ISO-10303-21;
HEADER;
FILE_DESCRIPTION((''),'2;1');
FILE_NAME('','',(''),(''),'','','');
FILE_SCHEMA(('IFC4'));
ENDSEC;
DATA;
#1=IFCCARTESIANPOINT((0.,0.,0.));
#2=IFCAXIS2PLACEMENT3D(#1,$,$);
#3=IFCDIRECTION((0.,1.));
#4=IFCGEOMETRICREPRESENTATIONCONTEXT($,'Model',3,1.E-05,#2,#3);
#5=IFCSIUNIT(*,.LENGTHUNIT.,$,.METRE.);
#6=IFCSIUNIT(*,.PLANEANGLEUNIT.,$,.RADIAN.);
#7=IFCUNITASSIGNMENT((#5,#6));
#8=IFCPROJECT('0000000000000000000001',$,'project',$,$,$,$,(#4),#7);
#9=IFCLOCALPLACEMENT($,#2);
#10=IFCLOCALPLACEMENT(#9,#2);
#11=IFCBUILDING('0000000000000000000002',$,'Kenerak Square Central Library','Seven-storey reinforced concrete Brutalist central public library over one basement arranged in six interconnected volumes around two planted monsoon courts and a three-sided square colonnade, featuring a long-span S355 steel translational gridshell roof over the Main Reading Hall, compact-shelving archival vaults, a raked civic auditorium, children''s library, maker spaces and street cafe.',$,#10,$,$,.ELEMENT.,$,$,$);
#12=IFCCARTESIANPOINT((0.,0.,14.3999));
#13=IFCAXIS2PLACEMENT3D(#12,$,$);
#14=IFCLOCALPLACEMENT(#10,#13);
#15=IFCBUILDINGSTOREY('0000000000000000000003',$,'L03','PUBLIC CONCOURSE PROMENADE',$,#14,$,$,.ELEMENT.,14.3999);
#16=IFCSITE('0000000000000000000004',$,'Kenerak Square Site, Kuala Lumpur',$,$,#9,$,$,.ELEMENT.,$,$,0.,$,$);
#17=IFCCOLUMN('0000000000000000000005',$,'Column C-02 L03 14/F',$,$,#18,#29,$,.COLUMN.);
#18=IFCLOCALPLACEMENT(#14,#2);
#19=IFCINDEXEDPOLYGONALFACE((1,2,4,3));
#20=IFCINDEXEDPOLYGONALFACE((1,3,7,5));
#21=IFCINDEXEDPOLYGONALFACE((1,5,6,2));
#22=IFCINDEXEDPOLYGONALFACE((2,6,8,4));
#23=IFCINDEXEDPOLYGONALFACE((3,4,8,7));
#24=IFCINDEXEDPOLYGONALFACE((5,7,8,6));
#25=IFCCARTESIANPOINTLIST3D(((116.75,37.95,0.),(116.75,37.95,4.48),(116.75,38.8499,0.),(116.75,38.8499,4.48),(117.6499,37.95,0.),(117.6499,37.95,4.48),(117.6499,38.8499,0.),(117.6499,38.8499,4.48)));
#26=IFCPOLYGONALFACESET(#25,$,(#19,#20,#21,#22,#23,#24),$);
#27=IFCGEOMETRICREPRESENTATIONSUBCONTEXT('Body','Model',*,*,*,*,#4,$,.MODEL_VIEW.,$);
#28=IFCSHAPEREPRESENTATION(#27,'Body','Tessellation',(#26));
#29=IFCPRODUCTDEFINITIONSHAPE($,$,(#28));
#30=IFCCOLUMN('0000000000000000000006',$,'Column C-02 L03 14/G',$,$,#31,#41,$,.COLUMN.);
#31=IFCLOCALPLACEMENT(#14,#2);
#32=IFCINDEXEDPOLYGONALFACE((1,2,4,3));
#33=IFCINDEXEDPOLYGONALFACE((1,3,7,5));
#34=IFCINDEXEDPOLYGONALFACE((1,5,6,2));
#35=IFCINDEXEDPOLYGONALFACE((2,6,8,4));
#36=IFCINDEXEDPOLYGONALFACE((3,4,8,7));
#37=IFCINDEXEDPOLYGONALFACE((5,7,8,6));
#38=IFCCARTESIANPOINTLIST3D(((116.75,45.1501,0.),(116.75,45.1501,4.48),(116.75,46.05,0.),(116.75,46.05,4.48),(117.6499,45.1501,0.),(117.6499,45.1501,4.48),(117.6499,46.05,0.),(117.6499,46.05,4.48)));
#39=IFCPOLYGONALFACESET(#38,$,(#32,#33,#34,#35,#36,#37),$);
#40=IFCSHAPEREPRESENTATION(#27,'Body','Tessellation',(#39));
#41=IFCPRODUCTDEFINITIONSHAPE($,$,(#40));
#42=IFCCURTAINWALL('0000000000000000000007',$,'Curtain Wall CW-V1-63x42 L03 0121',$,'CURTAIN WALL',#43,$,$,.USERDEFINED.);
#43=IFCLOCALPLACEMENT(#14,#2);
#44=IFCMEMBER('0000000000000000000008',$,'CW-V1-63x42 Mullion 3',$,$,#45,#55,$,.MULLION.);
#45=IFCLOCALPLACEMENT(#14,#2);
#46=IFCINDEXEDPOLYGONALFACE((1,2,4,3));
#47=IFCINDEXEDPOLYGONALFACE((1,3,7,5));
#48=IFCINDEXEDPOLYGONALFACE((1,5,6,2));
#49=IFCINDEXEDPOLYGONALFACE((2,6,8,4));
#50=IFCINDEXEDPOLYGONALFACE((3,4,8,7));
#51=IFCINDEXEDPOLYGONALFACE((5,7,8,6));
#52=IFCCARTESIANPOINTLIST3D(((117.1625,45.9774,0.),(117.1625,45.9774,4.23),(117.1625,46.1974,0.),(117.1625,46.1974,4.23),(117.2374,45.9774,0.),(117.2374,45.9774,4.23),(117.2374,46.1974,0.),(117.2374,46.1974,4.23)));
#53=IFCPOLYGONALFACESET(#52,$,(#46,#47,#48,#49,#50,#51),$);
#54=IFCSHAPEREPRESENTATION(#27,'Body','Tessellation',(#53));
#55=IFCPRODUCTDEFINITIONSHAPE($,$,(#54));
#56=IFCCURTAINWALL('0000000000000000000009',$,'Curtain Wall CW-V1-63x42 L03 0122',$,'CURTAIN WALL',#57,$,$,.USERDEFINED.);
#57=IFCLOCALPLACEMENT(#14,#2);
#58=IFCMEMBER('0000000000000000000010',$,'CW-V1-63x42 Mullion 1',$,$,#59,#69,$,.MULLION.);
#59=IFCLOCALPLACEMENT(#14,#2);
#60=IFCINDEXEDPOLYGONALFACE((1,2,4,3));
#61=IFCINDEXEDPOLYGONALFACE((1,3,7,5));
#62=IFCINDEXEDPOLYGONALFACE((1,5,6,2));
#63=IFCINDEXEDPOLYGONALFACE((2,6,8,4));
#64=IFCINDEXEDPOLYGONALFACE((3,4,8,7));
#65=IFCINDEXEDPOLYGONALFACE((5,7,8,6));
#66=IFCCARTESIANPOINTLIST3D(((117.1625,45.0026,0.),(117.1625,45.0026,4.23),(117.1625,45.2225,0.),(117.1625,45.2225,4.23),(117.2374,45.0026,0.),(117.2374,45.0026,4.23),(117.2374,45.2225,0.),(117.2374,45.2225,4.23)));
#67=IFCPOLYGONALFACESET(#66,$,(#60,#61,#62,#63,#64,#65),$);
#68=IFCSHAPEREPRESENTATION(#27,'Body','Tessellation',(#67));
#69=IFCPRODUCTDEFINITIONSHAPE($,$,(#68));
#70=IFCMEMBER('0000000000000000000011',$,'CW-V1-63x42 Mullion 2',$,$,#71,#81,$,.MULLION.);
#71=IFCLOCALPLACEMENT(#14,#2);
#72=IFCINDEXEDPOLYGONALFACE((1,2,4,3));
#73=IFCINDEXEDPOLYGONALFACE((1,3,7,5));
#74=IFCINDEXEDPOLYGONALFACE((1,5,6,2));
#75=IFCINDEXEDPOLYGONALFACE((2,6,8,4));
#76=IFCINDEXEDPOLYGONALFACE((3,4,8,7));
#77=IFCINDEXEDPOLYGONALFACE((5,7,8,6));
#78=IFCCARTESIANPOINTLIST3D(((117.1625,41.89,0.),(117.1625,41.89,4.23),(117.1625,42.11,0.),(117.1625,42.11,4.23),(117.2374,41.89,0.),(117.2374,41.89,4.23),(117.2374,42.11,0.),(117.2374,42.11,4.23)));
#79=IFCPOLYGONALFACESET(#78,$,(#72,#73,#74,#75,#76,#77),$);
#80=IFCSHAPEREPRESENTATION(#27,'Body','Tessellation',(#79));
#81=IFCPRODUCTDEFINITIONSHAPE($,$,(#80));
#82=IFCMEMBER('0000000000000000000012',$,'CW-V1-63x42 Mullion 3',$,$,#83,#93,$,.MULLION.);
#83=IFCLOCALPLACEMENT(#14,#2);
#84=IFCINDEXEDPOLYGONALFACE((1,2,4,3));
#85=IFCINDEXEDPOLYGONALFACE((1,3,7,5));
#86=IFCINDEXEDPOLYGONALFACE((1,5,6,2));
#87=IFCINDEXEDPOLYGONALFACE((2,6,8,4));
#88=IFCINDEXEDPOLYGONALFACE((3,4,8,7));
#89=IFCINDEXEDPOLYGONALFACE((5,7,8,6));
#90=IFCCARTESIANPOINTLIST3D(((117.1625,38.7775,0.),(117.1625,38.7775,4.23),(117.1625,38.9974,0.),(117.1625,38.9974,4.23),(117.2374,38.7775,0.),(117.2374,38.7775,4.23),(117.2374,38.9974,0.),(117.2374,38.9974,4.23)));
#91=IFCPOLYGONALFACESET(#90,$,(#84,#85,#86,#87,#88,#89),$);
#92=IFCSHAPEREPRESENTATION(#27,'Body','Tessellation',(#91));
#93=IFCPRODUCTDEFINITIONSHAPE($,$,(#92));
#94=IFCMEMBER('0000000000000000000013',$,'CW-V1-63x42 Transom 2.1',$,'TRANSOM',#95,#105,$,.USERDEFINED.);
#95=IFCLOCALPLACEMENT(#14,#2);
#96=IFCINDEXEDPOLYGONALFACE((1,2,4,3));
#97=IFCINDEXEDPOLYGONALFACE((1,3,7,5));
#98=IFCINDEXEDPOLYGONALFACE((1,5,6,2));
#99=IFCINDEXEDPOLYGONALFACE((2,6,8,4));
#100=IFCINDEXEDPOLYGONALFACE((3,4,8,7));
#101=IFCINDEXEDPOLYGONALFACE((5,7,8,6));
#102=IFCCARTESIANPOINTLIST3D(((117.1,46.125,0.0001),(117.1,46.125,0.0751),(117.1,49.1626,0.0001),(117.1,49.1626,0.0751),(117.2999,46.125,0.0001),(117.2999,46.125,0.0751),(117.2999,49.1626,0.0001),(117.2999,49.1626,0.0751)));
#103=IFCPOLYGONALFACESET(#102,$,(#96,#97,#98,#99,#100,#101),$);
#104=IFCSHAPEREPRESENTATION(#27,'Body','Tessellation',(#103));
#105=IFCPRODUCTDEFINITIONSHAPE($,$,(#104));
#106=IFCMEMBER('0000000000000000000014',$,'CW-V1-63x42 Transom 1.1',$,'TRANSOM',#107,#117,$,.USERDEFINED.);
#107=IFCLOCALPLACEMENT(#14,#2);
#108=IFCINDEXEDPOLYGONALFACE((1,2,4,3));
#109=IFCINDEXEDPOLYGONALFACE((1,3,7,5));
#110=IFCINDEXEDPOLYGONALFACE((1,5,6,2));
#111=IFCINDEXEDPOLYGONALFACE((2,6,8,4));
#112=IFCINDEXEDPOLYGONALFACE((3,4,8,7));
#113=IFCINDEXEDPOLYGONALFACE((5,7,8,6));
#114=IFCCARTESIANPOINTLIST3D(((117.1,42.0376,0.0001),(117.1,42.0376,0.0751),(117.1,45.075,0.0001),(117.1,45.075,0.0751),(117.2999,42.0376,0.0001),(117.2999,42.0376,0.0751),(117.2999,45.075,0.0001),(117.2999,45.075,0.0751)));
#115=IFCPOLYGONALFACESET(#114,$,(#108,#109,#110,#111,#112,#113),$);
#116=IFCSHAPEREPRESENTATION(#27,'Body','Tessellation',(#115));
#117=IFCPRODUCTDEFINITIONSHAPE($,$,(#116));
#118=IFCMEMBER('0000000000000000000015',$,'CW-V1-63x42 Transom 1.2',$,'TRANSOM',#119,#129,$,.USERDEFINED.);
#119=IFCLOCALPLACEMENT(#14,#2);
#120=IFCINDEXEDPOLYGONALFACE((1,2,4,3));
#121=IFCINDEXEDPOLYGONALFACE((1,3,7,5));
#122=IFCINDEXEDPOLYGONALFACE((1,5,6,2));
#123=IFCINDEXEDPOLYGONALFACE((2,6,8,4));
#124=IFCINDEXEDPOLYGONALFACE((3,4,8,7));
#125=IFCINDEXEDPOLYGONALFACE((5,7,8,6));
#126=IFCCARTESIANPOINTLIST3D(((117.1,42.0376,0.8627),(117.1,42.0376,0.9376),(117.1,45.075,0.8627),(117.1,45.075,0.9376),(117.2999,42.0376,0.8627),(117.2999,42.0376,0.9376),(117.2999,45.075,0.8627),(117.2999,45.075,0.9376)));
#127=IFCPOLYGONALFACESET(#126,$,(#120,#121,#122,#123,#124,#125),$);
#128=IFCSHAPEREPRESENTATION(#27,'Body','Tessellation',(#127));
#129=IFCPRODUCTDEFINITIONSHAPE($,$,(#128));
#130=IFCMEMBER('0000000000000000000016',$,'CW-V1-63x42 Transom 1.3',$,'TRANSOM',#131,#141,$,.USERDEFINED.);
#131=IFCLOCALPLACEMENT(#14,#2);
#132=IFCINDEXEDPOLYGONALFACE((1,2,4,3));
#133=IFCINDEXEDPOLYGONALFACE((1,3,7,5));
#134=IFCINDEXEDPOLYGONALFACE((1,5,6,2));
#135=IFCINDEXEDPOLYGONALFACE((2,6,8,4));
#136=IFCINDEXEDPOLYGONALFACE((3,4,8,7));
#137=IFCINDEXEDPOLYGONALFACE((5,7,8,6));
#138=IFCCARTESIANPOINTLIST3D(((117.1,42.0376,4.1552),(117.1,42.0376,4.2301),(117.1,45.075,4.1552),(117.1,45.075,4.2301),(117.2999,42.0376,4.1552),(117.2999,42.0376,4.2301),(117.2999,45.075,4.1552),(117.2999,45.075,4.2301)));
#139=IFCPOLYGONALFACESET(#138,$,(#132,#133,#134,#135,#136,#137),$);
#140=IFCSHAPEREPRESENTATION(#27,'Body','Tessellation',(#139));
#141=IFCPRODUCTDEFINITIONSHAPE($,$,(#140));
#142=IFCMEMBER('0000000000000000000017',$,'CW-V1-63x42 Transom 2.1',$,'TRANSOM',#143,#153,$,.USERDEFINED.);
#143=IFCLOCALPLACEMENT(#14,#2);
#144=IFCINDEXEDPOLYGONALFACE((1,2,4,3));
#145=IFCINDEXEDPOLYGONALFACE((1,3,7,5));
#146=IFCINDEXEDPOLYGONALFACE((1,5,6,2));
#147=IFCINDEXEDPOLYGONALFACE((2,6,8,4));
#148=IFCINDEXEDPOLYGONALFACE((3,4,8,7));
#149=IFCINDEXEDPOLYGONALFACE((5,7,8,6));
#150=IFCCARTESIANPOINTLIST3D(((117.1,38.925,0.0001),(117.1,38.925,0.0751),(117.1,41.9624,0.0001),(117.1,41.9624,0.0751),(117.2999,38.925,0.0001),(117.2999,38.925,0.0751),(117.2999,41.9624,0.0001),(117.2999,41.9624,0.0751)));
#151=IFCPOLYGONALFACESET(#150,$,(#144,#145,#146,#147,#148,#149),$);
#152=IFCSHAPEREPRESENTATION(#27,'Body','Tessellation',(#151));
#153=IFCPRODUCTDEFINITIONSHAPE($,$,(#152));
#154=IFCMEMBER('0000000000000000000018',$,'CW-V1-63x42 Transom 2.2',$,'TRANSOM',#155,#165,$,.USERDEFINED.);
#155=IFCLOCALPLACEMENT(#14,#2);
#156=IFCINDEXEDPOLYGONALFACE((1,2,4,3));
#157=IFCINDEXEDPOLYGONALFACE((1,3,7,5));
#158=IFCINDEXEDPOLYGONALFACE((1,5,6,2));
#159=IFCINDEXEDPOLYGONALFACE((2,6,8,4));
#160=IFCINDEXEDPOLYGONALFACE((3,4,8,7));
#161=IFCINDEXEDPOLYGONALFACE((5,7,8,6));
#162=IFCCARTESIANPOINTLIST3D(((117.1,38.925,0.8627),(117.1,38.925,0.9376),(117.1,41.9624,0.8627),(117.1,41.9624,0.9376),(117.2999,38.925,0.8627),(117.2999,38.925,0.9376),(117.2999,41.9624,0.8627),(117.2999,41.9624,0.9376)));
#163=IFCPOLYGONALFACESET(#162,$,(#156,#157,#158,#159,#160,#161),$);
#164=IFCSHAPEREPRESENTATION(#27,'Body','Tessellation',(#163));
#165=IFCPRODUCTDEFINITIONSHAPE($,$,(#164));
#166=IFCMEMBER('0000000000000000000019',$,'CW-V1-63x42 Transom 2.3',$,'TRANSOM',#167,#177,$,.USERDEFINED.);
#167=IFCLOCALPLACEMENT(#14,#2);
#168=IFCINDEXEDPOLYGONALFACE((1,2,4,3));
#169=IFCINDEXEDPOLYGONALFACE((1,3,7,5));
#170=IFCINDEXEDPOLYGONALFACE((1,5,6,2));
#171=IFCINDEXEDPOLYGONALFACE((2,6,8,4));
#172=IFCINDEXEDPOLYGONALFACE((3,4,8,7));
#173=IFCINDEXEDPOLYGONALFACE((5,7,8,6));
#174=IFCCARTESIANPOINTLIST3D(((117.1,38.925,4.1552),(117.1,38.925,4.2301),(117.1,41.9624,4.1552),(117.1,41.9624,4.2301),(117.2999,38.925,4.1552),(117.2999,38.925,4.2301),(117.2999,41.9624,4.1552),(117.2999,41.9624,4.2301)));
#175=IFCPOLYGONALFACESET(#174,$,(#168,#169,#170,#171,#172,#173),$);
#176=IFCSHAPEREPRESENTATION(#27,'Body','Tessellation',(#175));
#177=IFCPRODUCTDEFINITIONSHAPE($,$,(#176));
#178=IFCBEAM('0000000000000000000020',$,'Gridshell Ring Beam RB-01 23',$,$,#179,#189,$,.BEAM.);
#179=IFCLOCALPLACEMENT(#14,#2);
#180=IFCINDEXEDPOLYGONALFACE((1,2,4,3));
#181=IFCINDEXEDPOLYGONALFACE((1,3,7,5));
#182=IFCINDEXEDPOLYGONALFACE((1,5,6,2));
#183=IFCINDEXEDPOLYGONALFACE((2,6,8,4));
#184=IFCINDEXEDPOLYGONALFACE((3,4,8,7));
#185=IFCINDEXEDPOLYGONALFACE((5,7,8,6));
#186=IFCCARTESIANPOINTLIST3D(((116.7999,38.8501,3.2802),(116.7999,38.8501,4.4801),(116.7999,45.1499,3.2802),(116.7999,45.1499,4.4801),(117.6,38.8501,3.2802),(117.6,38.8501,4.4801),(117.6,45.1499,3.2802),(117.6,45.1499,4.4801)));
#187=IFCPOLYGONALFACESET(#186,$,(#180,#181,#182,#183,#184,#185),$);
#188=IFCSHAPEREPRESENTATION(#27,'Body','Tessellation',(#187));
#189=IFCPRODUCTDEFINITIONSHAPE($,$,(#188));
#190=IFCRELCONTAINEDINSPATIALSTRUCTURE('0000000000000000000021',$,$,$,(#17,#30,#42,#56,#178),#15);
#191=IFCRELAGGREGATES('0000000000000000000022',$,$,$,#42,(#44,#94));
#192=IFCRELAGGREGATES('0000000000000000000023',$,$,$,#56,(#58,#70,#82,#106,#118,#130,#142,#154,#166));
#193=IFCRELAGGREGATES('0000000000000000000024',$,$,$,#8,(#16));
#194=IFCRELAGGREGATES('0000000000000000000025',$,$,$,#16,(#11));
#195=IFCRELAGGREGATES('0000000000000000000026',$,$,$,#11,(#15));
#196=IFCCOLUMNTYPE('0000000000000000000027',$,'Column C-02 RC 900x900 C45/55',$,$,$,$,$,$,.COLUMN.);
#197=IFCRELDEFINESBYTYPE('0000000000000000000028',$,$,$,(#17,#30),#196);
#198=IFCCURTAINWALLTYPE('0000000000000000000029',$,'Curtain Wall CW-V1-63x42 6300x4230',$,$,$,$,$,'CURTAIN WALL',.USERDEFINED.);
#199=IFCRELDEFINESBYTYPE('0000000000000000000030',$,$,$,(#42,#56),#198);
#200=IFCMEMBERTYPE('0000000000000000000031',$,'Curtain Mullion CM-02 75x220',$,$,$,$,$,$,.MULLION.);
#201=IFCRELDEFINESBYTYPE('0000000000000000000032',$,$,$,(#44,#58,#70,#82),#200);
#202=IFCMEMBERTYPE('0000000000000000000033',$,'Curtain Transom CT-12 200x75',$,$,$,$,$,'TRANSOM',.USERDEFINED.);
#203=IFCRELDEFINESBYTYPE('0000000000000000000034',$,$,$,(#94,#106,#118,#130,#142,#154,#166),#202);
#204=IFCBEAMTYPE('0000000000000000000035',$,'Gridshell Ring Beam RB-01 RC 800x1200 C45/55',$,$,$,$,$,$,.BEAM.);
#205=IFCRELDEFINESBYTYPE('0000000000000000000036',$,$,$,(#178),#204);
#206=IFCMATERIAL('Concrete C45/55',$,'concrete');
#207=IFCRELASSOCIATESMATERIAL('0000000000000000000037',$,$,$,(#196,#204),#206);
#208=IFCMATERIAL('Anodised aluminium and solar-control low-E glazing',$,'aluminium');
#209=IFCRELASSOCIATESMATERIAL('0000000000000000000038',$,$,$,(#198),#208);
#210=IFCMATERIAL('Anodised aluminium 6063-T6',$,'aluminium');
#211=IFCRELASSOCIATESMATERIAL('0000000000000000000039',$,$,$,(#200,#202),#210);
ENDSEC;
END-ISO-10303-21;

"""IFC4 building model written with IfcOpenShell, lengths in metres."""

from ifc_helpers import new_model, si_unit, direction, frame, origin, origin_2d, place, context, subcontext, project, spatial, rectangle, extrude, material, material_profile, profile_set, type_object, element, aggregate, save


model = new_model("IFC4")

# Units and contexts
model_context = context("Model", 3, precision=1e-05, world=origin(), true_north=direction((0.0, 1.0)))
body_context = subcontext(model_context, "Body", "Model", "MODEL_VIEW")
ifc_project = project(units=[si_unit("LENGTHUNIT", "METRE"), si_unit("PLANEANGLEUNIT", "RADIAN")], contexts=[model_context])

# Site, building, storey
site_placement = place(None, origin())
site = spatial("IfcSite", under=ifc_project, at=site_placement, Name="Kenerak Square Site, Kuala Lumpur", CompositionType="ELEMENT", RefElevation=0.0)
building_placement = place(site_placement, origin())
building = spatial("IfcBuilding", under=site, at=building_placement, Name="Kenerak Square Central Library", Description="Seven-storey reinforced concrete Brutalist central public library over one basement arranged in six interconnected volumes around two planted monsoon courts and a three-sided square colonnade, featuring a long-span S355 steel translational gridshell roof over the Main Reading Hall, compact-shelving archival vaults, a raked civic auditorium, children's library, maker spaces and street cafe.", CompositionType="ELEMENT")
storey_placement = place(building_placement, frame((0.0, 0.0, 14.3999)))
storey = spatial("IfcBuildingStorey", under=building, at=storey_placement, Name="L03", Description="PUBLIC CONCOURSE PROMENADE", CompositionType="ELEMENT", Elevation=14.3999)

# Columns
ifc_material_1 = material(Name="Concrete C45/55", Category="concrete")
ifc_material_profile_1 = material_profile(ifc_material_1, rectangle(XDim=0.8999, YDim=0.8999, at=origin_2d()), Name="RC 900x900")
ifc_profile_set_1 = profile_set([ifc_material_profile_1], Name="Concrete C45/55")
column_type = type_object("IfcColumnType", Name="Column C-02 RC 900x900 C45/55", PredefinedType="COLUMN", material=ifc_profile_set_1)
for number, where, z_axis, x_axis, name in (
    (1, (117.2, 38.3999, 0.0), (0.0, 0.0, 1.0), (1.0, 0.0, 0.0), "Column C-02 L03 14/F"),
    (2, (117.2, 45.6001, 0.0), (0.0, 0.0, 1.0), (1.0, 0.0, 0.0), "Column C-02 L03 14/G"),
):
    element("IfcColumn", number, at=place(storey_placement, frame(where, z_axis=z_axis, x_axis=x_axis)), inside=storey, type_object=column_type, Name=name, PredefinedType="COLUMN", context=body_context, shape_type="SweptSolid", body=[
        extrude(rectangle(XDim=0.8999, YDim=0.8999, at=origin_2d()), origin(), (0.0, 0.0, 1.0), 4.48),
    ])

# Curtain wall, member
ifc_material_2 = material(Name="Anodised aluminium and solar-control low-E glazing", Category="aluminium")
curtain_wall_type = type_object("IfcCurtainWallType", Name="Curtain Wall CW-V1-63x42 6300x4230", ElementType="CURTAIN WALL", PredefinedType="USERDEFINED", material=ifc_material_2)
curtain_wall_1_placement = place(storey_placement, origin())
curtain_wall_1 = element("IfcCurtainWall", 3, at=curtain_wall_1_placement, inside=storey, type_object=curtain_wall_type, Name="Curtain Wall CW-V1-63x42 L03 0121", ObjectType="CURTAIN WALL", PredefinedType="USERDEFINED")
ifc_material_3 = material(Name="Anodised aluminium 6063-T6", Category="aluminium")
ifc_material_profile_2 = material_profile(ifc_material_3, rectangle(XDim=0.075, YDim=0.22, at=origin_2d()), Name="AL MULLION 75x220")
ifc_profile_set_2 = profile_set([ifc_material_profile_2], Name="Anodised aluminium 6063-T6")
member_type_1 = type_object("IfcMemberType", Name="Curtain Mullion CM-02 75x220", PredefinedType="MULLION", material=ifc_profile_set_2)
member_1_placement = place(storey_placement, frame((117.2, 46.0874, 0.0), z_axis=(0.0, 0.0, 1.0), x_axis=(1.0, 0.0, 0.0)))
member_1 = element("IfcMember", 4, at=member_1_placement, type_object=member_type_1, Name="CW-V1-63x42 Mullion 3", PredefinedType="MULLION", context=body_context, shape_type="SweptSolid", body=[
    extrude(rectangle(XDim=0.075, YDim=0.22, at=origin_2d()), origin(), (0.0, 0.0, 1.0), 4.23),
])

# Curtain wall, members
curtain_wall_2_placement = place(storey_placement, origin())
curtain_wall_2 = element("IfcCurtainWall", 5, at=curtain_wall_2_placement, inside=storey, type_object=curtain_wall_type, Name="Curtain Wall CW-V1-63x42 L03 0122", ObjectType="CURTAIN WALL", PredefinedType="USERDEFINED")
member_2_placement = place(storey_placement, frame((117.2, 45.1125, 0.0), z_axis=(0.0, 0.0, 1.0), x_axis=(1.0, 0.0, 0.0)))
member_2 = element("IfcMember", 6, at=member_2_placement, type_object=member_type_1, Name="CW-V1-63x42 Mullion 1", PredefinedType="MULLION", context=body_context, shape_type="SweptSolid", body=[
    extrude(rectangle(XDim=0.075, YDim=0.22, at=origin_2d()), origin(), (0.0, 0.0, 1.0), 4.23),
])
member_3_placement = place(storey_placement, frame((117.2, 42.0, 0.0), z_axis=(0.0, 0.0, 1.0), x_axis=(1.0, 0.0, 0.0)))
member_3 = element("IfcMember", 7, at=member_3_placement, type_object=member_type_1, Name="CW-V1-63x42 Mullion 2", PredefinedType="MULLION", context=body_context, shape_type="SweptSolid", body=[
    extrude(rectangle(XDim=0.075, YDim=0.22, at=origin_2d()), origin(), (0.0, 0.0, 1.0), 4.23),
])
member_4_placement = place(storey_placement, frame((117.2, 38.8875, 0.0), z_axis=(0.0, 0.0, 1.0), x_axis=(1.0, 0.0, 0.0)))
member_4 = element("IfcMember", 8, at=member_4_placement, type_object=member_type_1, Name="CW-V1-63x42 Mullion 3", PredefinedType="MULLION", context=body_context, shape_type="SweptSolid", body=[
    extrude(rectangle(XDim=0.075, YDim=0.22, at=origin_2d()), origin(), (0.0, 0.0, 1.0), 4.23),
])

# Members
ifc_material_profile_3 = material_profile(ifc_material_3, rectangle(XDim=0.2, YDim=0.075, at=origin_2d()), Name="AL TRANSOM 200x75")
ifc_profile_set_3 = profile_set([ifc_material_profile_3], Name="Anodised aluminium 6063-T6")
member_type_2 = type_object("IfcMemberType", Name="Curtain Transom CT-12 200x75", ElementType="TRANSOM", PredefinedType="USERDEFINED", material=ifc_profile_set_3)
member_5_placement = place(storey_placement, frame((117.2, 49.1626, 0.0376), z_axis=(0.0, -1.0, 0.0), x_axis=(1.0, 0.0, 0.0)))
member_5 = element("IfcMember", 9, at=member_5_placement, type_object=member_type_2, Name="CW-V1-63x42 Transom 2.1", ObjectType="TRANSOM", PredefinedType="USERDEFINED", context=body_context, shape_type="SweptSolid", body=[
    extrude(rectangle(XDim=0.2, YDim=0.075, at=origin_2d()), origin(), (0.0, 0.0, 1.0), 3.0376),
])
member_6_placement = place(storey_placement, frame((117.2, 45.075, 0.0376), z_axis=(0.0, -1.0, 0.0), x_axis=(1.0, 0.0, 0.0)))
member_6 = element("IfcMember", 10, at=member_6_placement, type_object=member_type_2, Name="CW-V1-63x42 Transom 1.1", ObjectType="TRANSOM", PredefinedType="USERDEFINED", context=body_context, shape_type="SweptSolid", body=[
    extrude(rectangle(XDim=0.2, YDim=0.075, at=origin_2d()), origin(), (0.0, 0.0, 1.0), 3.0374),
])
member_7_placement = place(storey_placement, frame((117.2, 45.075, 0.9001), z_axis=(0.0, -1.0, 0.0), x_axis=(1.0, 0.0, 0.0)))
member_7 = element("IfcMember", 11, at=member_7_placement, type_object=member_type_2, Name="CW-V1-63x42 Transom 1.2", ObjectType="TRANSOM", PredefinedType="USERDEFINED", context=body_context, shape_type="SweptSolid", body=[
    extrude(rectangle(XDim=0.2, YDim=0.075, at=origin_2d()), origin(), (0.0, 0.0, 1.0), 3.0374),
])
member_8_placement = place(storey_placement, frame((117.2, 45.075, 4.1926), z_axis=(0.0, -1.0, 0.0), x_axis=(1.0, 0.0, 0.0)))
member_8 = element("IfcMember", 12, at=member_8_placement, type_object=member_type_2, Name="CW-V1-63x42 Transom 1.3", ObjectType="TRANSOM", PredefinedType="USERDEFINED", context=body_context, shape_type="SweptSolid", body=[
    extrude(rectangle(XDim=0.2, YDim=0.075, at=origin_2d()), origin(), (0.0, 0.0, 1.0), 3.0374),
])
member_9_placement = place(storey_placement, frame((117.2, 41.9624, 0.0376), z_axis=(0.0, -1.0, 0.0), x_axis=(1.0, 0.0, 0.0)))
member_9 = element("IfcMember", 13, at=member_9_placement, type_object=member_type_2, Name="CW-V1-63x42 Transom 2.1", ObjectType="TRANSOM", PredefinedType="USERDEFINED", context=body_context, shape_type="SweptSolid", body=[
    extrude(rectangle(XDim=0.2, YDim=0.075, at=origin_2d()), origin(), (0.0, 0.0, 1.0), 3.0374),
])
member_10_placement = place(storey_placement, frame((117.2, 41.9624, 0.9001), z_axis=(0.0, -1.0, 0.0), x_axis=(1.0, 0.0, 0.0)))
member_10 = element("IfcMember", 14, at=member_10_placement, type_object=member_type_2, Name="CW-V1-63x42 Transom 2.2", ObjectType="TRANSOM", PredefinedType="USERDEFINED", context=body_context, shape_type="SweptSolid", body=[
    extrude(rectangle(XDim=0.2, YDim=0.075, at=origin_2d()), origin(), (0.0, 0.0, 1.0), 3.0374),
])
member_11_placement = place(storey_placement, frame((117.2, 41.9624, 4.1926), z_axis=(0.0, -1.0, 0.0), x_axis=(1.0, 0.0, 0.0)))
member_11 = element("IfcMember", 15, at=member_11_placement, type_object=member_type_2, Name="CW-V1-63x42 Transom 2.3", ObjectType="TRANSOM", PredefinedType="USERDEFINED", context=body_context, shape_type="SweptSolid", body=[
    extrude(rectangle(XDim=0.2, YDim=0.075, at=origin_2d()), origin(), (0.0, 0.0, 1.0), 3.0374),
])

# Beam
ifc_material_profile_4 = material_profile(ifc_material_1, rectangle(XDim=0.8, YDim=1.2, at=origin_2d()), Name="RC 800x1200")
ifc_profile_set_4 = profile_set([ifc_material_profile_4], Name="Concrete C45/55")
beam_type = type_object("IfcBeamType", Name="Gridshell Ring Beam RB-01 RC 800x1200 C45/55", PredefinedType="BEAM", material=ifc_profile_set_4)
beam_1_placement = place(storey_placement, frame((117.2, 38.8501, 3.8801), z_axis=(0.0, 1.0, 0.0), x_axis=(-1.0, 0.0, 0.0)))
element("IfcBeam", 16, at=beam_1_placement, inside=storey, type_object=beam_type, Name="Gridshell Ring Beam RB-01 23", PredefinedType="BEAM", context=body_context, shape_type="SweptSolid", body=[
    extrude(rectangle(XDim=0.8, YDim=1.2, at=origin_2d()), origin(), (0.0, 0.0, 1.0), 6.2998),
])

aggregate(curtain_wall_1, [member_1, member_5])
aggregate(curtain_wall_2, [member_2, member_3, member_4, member_6, member_7, member_8, member_9, member_10, member_11])

save(model, "model.ifc")
